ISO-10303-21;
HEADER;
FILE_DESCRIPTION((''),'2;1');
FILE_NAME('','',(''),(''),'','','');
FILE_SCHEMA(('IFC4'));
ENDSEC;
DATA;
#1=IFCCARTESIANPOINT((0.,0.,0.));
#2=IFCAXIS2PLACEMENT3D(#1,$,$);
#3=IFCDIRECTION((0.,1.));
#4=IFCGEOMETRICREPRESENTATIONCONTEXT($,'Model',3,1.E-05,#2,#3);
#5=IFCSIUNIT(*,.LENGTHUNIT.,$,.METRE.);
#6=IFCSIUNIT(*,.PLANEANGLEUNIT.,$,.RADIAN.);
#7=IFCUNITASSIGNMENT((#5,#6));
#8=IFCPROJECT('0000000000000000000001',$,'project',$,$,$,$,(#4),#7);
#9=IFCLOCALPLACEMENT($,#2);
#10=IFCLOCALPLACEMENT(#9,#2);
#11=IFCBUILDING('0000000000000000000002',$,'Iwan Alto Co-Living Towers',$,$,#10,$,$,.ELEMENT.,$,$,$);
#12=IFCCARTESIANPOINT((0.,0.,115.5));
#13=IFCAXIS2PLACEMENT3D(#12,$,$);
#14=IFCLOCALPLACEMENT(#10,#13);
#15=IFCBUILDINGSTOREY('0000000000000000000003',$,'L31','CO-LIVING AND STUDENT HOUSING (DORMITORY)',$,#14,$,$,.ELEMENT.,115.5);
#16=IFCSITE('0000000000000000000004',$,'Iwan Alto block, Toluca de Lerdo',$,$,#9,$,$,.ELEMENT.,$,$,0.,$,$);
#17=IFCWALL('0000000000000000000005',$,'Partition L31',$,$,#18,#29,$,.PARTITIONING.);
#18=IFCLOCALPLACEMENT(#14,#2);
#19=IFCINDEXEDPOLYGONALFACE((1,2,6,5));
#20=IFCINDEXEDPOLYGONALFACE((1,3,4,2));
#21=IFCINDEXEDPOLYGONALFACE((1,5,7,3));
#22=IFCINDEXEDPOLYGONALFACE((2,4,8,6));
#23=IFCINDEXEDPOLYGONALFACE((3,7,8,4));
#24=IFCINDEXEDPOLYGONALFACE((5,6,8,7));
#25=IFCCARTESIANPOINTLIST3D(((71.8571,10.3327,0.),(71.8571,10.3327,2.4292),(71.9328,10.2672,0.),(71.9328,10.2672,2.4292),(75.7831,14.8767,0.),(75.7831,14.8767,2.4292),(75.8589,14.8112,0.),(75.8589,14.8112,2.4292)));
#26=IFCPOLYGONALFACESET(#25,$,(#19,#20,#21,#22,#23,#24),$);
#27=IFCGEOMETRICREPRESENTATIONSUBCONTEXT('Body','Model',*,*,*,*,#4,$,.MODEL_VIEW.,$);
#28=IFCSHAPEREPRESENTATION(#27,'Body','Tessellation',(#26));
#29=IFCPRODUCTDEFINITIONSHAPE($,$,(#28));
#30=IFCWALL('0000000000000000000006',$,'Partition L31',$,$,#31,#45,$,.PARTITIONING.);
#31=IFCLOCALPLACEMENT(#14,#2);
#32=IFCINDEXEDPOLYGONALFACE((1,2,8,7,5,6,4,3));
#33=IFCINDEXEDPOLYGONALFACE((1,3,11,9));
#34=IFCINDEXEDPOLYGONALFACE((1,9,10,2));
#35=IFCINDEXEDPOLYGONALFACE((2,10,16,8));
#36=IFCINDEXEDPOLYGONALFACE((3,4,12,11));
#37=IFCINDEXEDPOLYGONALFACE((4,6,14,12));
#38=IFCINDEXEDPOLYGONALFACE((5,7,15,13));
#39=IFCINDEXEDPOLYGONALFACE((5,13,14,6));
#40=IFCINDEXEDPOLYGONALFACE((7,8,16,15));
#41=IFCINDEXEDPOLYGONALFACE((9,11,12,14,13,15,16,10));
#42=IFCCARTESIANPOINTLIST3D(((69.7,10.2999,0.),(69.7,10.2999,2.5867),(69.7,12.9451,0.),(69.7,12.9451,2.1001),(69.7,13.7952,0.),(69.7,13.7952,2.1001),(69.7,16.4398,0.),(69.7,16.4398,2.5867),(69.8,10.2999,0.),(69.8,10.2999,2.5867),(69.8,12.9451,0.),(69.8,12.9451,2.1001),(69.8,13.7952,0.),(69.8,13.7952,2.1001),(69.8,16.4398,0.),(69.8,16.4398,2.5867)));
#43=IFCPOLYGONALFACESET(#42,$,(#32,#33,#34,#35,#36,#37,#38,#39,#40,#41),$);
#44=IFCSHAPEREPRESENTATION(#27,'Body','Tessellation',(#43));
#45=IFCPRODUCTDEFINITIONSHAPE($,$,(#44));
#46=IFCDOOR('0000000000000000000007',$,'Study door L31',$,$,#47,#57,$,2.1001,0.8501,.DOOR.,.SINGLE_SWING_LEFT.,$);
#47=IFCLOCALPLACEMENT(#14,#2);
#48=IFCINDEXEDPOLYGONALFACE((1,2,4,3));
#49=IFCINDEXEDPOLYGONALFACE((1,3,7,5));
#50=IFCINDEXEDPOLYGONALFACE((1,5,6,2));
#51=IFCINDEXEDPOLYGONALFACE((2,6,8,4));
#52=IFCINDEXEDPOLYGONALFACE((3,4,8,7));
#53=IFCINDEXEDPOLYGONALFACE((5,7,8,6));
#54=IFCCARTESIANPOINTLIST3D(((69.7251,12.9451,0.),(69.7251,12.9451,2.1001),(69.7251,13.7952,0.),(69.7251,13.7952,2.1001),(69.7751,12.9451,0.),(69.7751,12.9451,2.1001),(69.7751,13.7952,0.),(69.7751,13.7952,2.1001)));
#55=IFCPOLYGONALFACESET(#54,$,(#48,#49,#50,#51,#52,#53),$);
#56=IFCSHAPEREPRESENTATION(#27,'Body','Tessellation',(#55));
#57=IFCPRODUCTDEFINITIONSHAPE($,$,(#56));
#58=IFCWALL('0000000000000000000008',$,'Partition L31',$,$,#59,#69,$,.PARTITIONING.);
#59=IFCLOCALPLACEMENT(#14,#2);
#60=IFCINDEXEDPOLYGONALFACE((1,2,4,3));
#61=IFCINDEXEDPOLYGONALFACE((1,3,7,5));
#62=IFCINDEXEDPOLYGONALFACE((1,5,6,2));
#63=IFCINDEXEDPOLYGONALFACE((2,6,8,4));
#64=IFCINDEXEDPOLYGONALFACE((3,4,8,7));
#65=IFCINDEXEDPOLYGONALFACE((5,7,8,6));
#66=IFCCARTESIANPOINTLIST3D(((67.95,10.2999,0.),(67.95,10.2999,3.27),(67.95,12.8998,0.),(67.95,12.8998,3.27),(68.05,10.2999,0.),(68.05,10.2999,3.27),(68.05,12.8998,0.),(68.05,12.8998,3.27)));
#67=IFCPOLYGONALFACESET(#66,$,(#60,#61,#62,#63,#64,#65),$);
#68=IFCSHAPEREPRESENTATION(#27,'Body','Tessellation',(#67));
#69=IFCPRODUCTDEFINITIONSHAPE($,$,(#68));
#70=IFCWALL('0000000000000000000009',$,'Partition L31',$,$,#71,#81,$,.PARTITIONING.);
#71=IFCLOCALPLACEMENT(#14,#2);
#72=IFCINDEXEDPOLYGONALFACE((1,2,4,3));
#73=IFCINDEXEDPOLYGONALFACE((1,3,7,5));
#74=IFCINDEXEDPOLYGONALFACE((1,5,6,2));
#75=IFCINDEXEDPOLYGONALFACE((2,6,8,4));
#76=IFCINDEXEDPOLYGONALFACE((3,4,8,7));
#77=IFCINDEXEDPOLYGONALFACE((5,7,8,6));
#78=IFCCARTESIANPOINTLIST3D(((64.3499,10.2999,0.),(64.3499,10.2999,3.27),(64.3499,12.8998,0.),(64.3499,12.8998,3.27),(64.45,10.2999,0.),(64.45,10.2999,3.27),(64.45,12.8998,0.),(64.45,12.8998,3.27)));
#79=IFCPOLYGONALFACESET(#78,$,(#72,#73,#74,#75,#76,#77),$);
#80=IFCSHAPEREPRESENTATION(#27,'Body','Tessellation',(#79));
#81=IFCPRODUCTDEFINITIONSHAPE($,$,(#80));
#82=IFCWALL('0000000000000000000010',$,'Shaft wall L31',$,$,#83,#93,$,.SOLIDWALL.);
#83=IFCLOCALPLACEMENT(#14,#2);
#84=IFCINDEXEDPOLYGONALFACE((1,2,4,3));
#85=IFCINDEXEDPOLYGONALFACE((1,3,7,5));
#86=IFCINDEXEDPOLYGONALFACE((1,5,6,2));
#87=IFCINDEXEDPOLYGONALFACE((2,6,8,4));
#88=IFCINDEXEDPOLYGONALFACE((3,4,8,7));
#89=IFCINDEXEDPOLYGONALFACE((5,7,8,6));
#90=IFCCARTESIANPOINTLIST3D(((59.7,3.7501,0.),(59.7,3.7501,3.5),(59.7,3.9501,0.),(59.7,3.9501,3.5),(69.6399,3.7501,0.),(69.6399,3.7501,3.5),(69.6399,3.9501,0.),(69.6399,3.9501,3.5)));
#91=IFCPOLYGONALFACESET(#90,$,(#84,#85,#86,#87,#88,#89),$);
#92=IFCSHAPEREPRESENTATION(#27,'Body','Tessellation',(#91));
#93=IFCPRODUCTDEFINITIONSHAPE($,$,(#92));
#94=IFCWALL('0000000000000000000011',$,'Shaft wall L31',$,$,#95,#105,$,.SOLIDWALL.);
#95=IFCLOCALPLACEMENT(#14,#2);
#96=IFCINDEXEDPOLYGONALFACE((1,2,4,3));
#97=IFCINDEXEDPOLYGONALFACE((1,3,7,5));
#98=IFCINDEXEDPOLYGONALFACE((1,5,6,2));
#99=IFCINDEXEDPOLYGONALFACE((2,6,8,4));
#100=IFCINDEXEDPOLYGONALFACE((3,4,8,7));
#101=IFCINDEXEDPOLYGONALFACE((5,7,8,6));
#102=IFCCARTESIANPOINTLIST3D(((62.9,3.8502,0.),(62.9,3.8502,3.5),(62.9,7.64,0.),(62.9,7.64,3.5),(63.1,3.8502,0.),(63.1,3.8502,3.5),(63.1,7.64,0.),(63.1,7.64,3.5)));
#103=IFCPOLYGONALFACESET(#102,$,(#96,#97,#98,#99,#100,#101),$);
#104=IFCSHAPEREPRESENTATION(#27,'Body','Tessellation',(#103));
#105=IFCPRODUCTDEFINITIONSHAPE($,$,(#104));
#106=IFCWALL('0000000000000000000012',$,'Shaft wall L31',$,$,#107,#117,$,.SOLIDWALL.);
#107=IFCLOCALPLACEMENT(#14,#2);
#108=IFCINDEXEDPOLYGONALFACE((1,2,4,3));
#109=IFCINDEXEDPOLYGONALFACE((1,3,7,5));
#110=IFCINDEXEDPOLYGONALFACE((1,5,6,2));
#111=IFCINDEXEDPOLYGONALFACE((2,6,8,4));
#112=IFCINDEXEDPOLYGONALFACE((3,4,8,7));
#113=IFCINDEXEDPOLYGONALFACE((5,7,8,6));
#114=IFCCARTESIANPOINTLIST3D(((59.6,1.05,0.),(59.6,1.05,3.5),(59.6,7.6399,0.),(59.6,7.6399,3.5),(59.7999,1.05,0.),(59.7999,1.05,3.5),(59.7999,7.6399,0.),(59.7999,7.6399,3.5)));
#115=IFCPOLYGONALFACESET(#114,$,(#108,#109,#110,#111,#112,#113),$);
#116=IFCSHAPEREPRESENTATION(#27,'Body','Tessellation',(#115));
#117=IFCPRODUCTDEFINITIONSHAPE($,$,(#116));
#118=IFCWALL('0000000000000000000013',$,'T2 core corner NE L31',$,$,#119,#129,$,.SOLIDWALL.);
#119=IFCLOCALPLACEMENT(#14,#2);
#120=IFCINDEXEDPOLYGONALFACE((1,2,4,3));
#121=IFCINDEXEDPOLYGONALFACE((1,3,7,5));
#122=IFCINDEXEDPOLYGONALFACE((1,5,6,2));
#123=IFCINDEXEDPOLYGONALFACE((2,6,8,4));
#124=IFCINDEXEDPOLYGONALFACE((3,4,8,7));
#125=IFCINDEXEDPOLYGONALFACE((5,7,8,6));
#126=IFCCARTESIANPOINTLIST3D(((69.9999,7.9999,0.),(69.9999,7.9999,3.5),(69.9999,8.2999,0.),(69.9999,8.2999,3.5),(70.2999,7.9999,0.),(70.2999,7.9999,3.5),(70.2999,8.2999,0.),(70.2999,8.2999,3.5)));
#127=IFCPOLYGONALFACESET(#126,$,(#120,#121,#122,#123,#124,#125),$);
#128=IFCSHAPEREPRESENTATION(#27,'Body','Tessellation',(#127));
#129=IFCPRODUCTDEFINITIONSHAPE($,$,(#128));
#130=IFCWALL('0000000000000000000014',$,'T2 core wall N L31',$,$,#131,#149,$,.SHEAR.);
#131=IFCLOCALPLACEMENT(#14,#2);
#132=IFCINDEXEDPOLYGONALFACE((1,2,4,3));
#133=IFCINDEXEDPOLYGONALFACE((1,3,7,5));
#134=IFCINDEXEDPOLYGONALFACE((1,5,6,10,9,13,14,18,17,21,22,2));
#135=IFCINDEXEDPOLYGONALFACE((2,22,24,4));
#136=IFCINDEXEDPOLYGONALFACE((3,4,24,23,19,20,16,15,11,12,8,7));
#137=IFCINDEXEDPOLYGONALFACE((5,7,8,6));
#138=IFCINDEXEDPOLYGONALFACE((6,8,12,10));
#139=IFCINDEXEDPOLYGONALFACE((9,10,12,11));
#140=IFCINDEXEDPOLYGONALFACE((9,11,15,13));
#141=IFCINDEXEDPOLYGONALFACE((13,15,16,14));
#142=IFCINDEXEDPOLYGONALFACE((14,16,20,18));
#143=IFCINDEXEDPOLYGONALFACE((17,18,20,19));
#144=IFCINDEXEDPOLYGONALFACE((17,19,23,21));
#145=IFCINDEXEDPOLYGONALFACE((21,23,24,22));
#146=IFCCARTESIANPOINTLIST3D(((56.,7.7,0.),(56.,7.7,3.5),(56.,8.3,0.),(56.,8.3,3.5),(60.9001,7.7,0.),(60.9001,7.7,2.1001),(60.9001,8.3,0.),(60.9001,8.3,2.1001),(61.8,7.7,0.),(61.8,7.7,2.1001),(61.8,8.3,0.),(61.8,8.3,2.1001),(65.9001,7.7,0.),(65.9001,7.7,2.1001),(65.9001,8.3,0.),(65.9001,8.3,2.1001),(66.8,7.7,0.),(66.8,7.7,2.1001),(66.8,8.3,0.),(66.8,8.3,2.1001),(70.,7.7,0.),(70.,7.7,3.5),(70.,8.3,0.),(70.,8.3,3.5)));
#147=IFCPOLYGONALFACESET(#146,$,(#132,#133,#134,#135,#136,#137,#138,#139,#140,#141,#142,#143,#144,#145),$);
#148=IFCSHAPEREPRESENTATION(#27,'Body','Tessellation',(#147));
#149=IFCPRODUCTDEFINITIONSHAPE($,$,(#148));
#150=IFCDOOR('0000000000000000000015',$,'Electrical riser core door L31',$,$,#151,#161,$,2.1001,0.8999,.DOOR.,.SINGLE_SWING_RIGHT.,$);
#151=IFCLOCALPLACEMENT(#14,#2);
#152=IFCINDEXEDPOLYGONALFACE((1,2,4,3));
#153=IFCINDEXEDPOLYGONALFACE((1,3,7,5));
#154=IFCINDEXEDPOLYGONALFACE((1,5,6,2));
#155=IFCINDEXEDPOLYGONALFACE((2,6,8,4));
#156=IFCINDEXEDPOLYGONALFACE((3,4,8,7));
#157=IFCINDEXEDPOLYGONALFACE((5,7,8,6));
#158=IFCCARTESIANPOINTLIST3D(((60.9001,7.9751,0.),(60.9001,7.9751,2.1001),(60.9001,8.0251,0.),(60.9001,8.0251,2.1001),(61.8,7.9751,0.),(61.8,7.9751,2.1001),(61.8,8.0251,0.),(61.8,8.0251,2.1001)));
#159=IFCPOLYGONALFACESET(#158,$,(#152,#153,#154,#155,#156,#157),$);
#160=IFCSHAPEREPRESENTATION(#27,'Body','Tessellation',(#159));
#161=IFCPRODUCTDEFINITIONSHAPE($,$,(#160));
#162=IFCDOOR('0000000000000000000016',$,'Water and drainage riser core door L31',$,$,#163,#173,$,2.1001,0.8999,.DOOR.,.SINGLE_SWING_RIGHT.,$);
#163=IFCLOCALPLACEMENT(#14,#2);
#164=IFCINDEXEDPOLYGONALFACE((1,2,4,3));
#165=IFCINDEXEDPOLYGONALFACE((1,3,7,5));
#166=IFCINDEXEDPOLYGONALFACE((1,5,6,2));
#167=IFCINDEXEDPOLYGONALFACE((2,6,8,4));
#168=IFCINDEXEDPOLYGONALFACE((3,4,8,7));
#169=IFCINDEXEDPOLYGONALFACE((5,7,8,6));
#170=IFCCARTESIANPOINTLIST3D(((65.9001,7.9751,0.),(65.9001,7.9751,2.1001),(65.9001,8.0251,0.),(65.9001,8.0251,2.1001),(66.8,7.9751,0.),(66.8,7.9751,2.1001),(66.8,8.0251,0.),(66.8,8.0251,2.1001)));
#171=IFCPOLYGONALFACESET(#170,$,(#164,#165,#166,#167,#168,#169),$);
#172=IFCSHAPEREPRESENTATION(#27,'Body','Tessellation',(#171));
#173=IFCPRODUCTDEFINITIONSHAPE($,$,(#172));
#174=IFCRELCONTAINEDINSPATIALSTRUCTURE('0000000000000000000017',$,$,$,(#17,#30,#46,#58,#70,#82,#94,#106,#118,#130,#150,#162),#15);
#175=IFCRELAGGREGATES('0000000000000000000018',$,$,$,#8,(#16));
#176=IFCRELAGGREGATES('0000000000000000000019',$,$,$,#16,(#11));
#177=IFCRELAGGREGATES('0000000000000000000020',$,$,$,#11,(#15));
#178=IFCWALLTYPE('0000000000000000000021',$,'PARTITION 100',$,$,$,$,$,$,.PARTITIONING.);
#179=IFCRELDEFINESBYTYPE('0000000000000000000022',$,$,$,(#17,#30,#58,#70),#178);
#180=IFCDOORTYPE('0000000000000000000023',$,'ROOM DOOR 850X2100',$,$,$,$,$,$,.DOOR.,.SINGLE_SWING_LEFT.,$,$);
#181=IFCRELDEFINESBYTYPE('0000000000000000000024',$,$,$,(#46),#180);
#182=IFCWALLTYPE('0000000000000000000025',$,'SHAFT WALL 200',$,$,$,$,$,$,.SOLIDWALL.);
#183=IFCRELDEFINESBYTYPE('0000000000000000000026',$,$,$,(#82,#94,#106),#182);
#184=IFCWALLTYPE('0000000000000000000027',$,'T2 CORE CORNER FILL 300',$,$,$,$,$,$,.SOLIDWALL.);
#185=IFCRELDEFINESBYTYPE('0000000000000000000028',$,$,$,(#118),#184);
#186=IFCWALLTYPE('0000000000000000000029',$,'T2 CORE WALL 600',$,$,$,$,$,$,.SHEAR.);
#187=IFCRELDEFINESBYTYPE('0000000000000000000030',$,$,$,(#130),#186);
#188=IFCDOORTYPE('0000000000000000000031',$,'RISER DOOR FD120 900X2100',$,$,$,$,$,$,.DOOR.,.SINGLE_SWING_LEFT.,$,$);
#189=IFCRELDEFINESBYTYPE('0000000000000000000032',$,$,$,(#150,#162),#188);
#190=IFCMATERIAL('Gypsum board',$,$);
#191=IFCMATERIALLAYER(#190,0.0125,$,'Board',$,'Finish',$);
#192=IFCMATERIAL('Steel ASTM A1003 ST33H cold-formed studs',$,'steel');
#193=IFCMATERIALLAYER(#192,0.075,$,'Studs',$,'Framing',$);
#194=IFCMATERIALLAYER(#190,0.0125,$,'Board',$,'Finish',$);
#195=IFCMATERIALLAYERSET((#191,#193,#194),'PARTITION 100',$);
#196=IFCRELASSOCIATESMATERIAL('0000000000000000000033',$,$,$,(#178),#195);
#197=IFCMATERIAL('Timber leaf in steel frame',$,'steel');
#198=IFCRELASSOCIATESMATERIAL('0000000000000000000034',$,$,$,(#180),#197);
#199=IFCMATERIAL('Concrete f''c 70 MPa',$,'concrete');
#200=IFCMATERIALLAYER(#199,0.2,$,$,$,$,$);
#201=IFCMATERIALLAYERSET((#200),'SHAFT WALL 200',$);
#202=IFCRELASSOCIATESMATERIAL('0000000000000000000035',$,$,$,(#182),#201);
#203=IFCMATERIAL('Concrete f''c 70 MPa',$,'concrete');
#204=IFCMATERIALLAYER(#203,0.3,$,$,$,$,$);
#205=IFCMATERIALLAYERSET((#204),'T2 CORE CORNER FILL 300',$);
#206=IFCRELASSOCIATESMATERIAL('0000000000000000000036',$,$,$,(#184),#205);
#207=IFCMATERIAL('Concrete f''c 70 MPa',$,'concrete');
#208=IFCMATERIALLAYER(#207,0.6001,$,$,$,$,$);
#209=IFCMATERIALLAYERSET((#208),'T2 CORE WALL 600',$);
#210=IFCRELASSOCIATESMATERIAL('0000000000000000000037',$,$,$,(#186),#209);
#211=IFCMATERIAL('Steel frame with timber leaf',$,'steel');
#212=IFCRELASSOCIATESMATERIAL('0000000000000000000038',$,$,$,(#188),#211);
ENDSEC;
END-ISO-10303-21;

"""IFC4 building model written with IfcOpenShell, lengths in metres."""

from ifc_helpers import new_model, si_unit, direction, frame, frame_2d, origin, place, context, subcontext, project, spatial, rectangle, extrude, material, layer, layer_set, type_object, element, fill, save


model = new_model("IFC4")

# Units and contexts
model_context = context("Model", 3, precision=1e-05, world=origin(), true_north=direction((0.0, 1.0)))
body_context = subcontext(model_context, "Body", "Model", "MODEL_VIEW")
ifc_project = project(units=[si_unit("LENGTHUNIT", "METRE"), si_unit("PLANEANGLEUNIT", "RADIAN")], contexts=[model_context])

# Site, building, storey
site_placement = place(None, origin())
site = spatial("IfcSite", under=ifc_project, at=site_placement, Name="Iwan Alto block, Toluca de Lerdo", CompositionType="ELEMENT", RefElevation=0.0)
building_placement = place(site_placement, origin())
building = spatial("IfcBuilding", under=site, at=building_placement, Name="Iwan Alto Co-Living Towers", CompositionType="ELEMENT")
storey_placement = place(building_placement, frame((0.0, 0.0, 115.5)))
storey = spatial("IfcBuildingStorey", under=building, at=storey_placement, Name="L31", Description="CO-LIVING AND STUDENT HOUSING (DORMITORY)", CompositionType="ELEMENT", Elevation=115.5)

# Shared definitions
ifc_material_1 = material(Name="Gypsum board")
ifc_layer_1 = layer(ifc_material_1, 0.0125, Name="Board", Category="Finish")
ifc_material_2 = material(Name="Steel ASTM A1003 ST33H cold-formed studs", Category="steel")
ifc_layer_2 = layer(ifc_material_2, 0.075, Name="Studs", Category="Framing")
ifc_layer_3 = layer(ifc_material_1, 0.0125, Name="Board", Category="Finish")
ifc_layer_set_1 = layer_set([ifc_layer_1, ifc_layer_2, ifc_layer_3], Name="PARTITION 100")
wall_type_1 = type_object("IfcWallType", Name="PARTITION 100", PredefinedType="PARTITIONING", material=ifc_layer_set_1)
ifc_material_3 = material(Name="Timber leaf in steel frame", Category="steel")
door_type_1 = type_object("IfcDoorType", Name="ROOM DOOR 850X2100", OperationType="SINGLE_SWING_LEFT", PredefinedType="DOOR", material=ifc_material_3)

# Wall
wall_1_placement = place(storey_placement, frame((71.895, 10.3, 0.0), z_axis=(0.0, 0.0, 1.0), x_axis=(0.653783, 0.756682, 0.0)))
element("IfcWall", 1, at=wall_1_placement, inside=storey, type_object=wall_type_1, Name="Partition L31", PredefinedType="PARTITIONING", context=body_context, shape_type="SweptSolid", body=[
    extrude(rectangle(XDim=6.0051, YDim=0.1001, at=frame_2d((3.0024, 0.0))), origin(), (0.0, 0.0, 1.0), 2.4292),
])

# Wall, opening, door
wall_2_placement = place(storey_placement, frame((69.75, 10.3, 0.0), z_axis=(0.0, 0.0, 1.0), x_axis=(0.0, 1.0, 0.0)))
wall_2 = element("IfcWall", 2, at=wall_2_placement, inside=storey, type_object=wall_type_1, Name="Partition L31", PredefinedType="PARTITIONING", context=body_context, shape_type="SweptSolid", body=[
    extrude(rectangle(XDim=6.1399, YDim=0.1001, at=frame_2d((3.0698, 0.0))), origin(), (0.0, 0.0, 1.0), 2.5867),
])
opening_1_placement = place(wall_2_placement, frame((2.645, 0.0, 0.0)))
opening_1 = element("IfcOpeningElement", 3, at=opening_1_placement, cuts=wall_2, PredefinedType="OPENING", context=body_context, shape_type="SweptSolid", body=[
    extrude(rectangle(XDim=0.8501, YDim=2.1001, at=frame_2d((0.425, 1.05))), frame((0.0, 0.0601, 0.0), z_axis=(0.0, -1.0, 0.0), x_axis=(1.0, 0.0, 0.0)), (0.0, 0.0, 1.0), 0.1201),
])
door_1_placement = place(opening_1_placement, origin())
door_1 = element("IfcDoor", 4, at=door_1_placement, inside=storey, type_object=door_type_1, Name="Study door L31", OperationType="SINGLE_SWING_LEFT", OverallHeight=2.1001, OverallWidth=0.8501, PredefinedType="DOOR", context=body_context, shape_type="SweptSolid", body=[
    extrude(rectangle(XDim=0.8501, YDim=2.1001, at=frame_2d((0.425, 1.05))), frame((0.0, 0.0249, 0.0), z_axis=(0.0, -1.0, 0.0), x_axis=(1.0, 0.0, 0.0)), (0.0, 0.0, 1.0), 0.05),
])
fill(opening_1, door_1)

# Walls
for number, where, z_axis, x_axis, name in (
    (5, (68.0, 10.3, 0.0), (0.0, 0.0, 1.0), (0.0, 1.0, 0.0), "Partition L31"),
    (6, (64.3999, 10.3, 0.0), (0.0, 0.0, 1.0), (0.0, 1.0, 0.0), "Partition L31"),
):
    element("IfcWall", number, at=place(storey_placement, frame(where, z_axis=z_axis, x_axis=x_axis)), inside=storey, type_object=wall_type_1, Name=name, PredefinedType="PARTITIONING", context=body_context, shape_type="SweptSolid", body=[
        extrude(rectangle(XDim=2.5999, YDim=0.1001, at=frame_2d((1.2998, 0.0))), origin(), (0.0, 0.0, 1.0), 3.27),
    ])
ifc_material_4 = material(Name="Concrete f'c 70 MPa", Category="concrete")
ifc_layer_4 = layer(ifc_material_4, 0.2)
ifc_layer_set_2 = layer_set([ifc_layer_4], Name="SHAFT WALL 200")
wall_type_2 = type_object("IfcWallType", Name="SHAFT WALL 200", PredefinedType="SOLIDWALL", material=ifc_layer_set_2)
wall_3_placement = place(storey_placement, frame((59.7, 3.8501, 0.0), z_axis=(0.0, 0.0, 1.0), x_axis=(1.0, 0.0, 0.0)))
element("IfcWall", 7, at=wall_3_placement, inside=storey, type_object=wall_type_2, Name="Shaft wall L31", PredefinedType="SOLIDWALL", context=body_context, shape_type="SweptSolid", body=[
    extrude(rectangle(XDim=9.9399, YDim=0.2, at=frame_2d((4.97, 0.0))), origin(), (0.0, 0.0, 1.0), 3.5),
])
wall_4_placement = place(storey_placement, frame((63.0, 3.8501, 0.0), z_axis=(0.0, 0.0, 1.0), x_axis=(0.0, 1.0, 0.0)))
element("IfcWall", 8, at=wall_4_placement, inside=storey, type_object=wall_type_2, Name="Shaft wall L31", PredefinedType="SOLIDWALL", context=body_context, shape_type="SweptSolid", body=[
    extrude(rectangle(XDim=3.7898, YDim=0.2, at=frame_2d((1.895, 0.0))), origin(), (0.0, 0.0, 1.0), 3.5),
])
wall_5_placement = place(storey_placement, frame((59.7, 1.05, 0.0), z_axis=(0.0, 0.0, 1.0), x_axis=(0.0, 1.0, 0.0)))
element("IfcWall", 9, at=wall_5_placement, inside=storey, type_object=wall_type_2, Name="Shaft wall L31", PredefinedType="SOLIDWALL", context=body_context, shape_type="SweptSolid", body=[
    extrude(rectangle(XDim=6.5898, YDim=0.2, at=frame_2d((3.2949, 0.0))), origin(), (0.0, 0.0, 1.0), 3.5),
])
ifc_material_5 = material(Name="Concrete f'c 70 MPa", Category="concrete")
ifc_layer_5 = layer(ifc_material_5, 0.3)
ifc_layer_set_3 = layer_set([ifc_layer_5], Name="T2 CORE CORNER FILL 300")
wall_type_3 = type_object("IfcWallType", Name="T2 CORE CORNER FILL 300", PredefinedType="SOLIDWALL", material=ifc_layer_set_3)
wall_6_placement = place(storey_placement, frame((70.0, 8.1499, 0.0), z_axis=(0.0, 0.0, 1.0), x_axis=(1.0, 0.0, 0.0)))
element("IfcWall", 10, at=wall_6_placement, inside=storey, type_object=wall_type_3, Name="T2 core corner NE L31", PredefinedType="SOLIDWALL", context=body_context, shape_type="SweptSolid", body=[
    extrude(rectangle(XDim=0.3, YDim=0.3, at=frame_2d((0.1499, 0.0))), origin(), (0.0, 0.0, 1.0), 3.5),
])

# Wall, openings, doors
ifc_material_6 = material(Name="Concrete f'c 70 MPa", Category="concrete")
ifc_layer_6 = layer(ifc_material_6, 0.6001)
ifc_layer_set_4 = layer_set([ifc_layer_6], Name="T2 CORE WALL 600")
wall_type_4 = type_object("IfcWallType", Name="T2 CORE WALL 600", PredefinedType="SHEAR", material=ifc_layer_set_4)
wall_7_placement = place(storey_placement, frame((70.0, 8.0, 0.0), z_axis=(0.0, 0.0, 1.0), x_axis=(-1.0, 0.0, 0.0)))
wall_7 = element("IfcWall", 11, at=wall_7_placement, inside=storey, type_object=wall_type_4, Name="T2 core wall N L31", PredefinedType="SHEAR", context=body_context, shape_type="SweptSolid", body=[
    extrude(rectangle(XDim=14.0, YDim=0.6001, at=frame_2d((7.0, 0.0))), origin(), (0.0, 0.0, 1.0), 3.5),
])
opening_2_placement = place(wall_7_placement, frame((8.2, 0.0, 0.0)))
opening_2 = element("IfcOpeningElement", 12, at=opening_2_placement, cuts=wall_7, PredefinedType="OPENING", context=body_context, shape_type="SweptSolid", body=[
    extrude(rectangle(XDim=0.8999, YDim=2.1001, at=frame_2d((0.45, 1.05))), frame((0.0, 0.3101, 0.0), z_axis=(0.0, -1.0, 0.0), x_axis=(1.0, 0.0, 0.0)), (0.0, 0.0, 1.0), 0.6201),
])
opening_3_placement = place(wall_7_placement, frame((3.2, 0.0, 0.0)))
opening_3 = element("IfcOpeningElement", 13, at=opening_3_placement, cuts=wall_7, PredefinedType="OPENING", context=body_context, shape_type="SweptSolid", body=[
    extrude(rectangle(XDim=0.8999, YDim=2.1001, at=frame_2d((0.45, 1.05))), frame((0.0, 0.3101, 0.0), z_axis=(0.0, -1.0, 0.0), x_axis=(1.0, 0.0, 0.0)), (0.0, 0.0, 1.0), 0.6201),
])
ifc_material_7 = material(Name="Steel frame with timber leaf", Category="steel")
door_type_2 = type_object("IfcDoorType", Name="RISER DOOR FD120 900X2100", OperationType="SINGLE_SWING_LEFT", PredefinedType="DOOR", material=ifc_material_7)
door_2_placement = place(opening_2_placement, origin())
door_2 = element("IfcDoor", 14, at=door_2_placement, inside=storey, type_object=door_type_2, Name="Electrical riser core door L31", OperationType="SINGLE_SWING_RIGHT", OverallHeight=2.1001, OverallWidth=0.8999, PredefinedType="DOOR", context=body_context, shape_type="SweptSolid", body=[
    extrude(rectangle(XDim=0.8999, YDim=2.1001, at=frame_2d((0.45, 1.05))), frame((0.0, 0.0249, 0.0), z_axis=(0.0, -1.0, 0.0), x_axis=(1.0, 0.0, 0.0)), (0.0, 0.0, 1.0), 0.05),
])
fill(opening_2, door_2)
door_3_placement = place(opening_3_placement, origin())
door_3 = element("IfcDoor", 15, at=door_3_placement, inside=storey, type_object=door_type_2, Name="Water and drainage riser core door L31", OperationType="SINGLE_SWING_RIGHT", OverallHeight=2.1001, OverallWidth=0.8999, PredefinedType="DOOR", context=body_context, shape_type="SweptSolid", body=[
    extrude(rectangle(XDim=0.8999, YDim=2.1001, at=frame_2d((0.45, 1.05))), frame((0.0, 0.0249, 0.0), z_axis=(0.0, -1.0, 0.0), x_axis=(1.0, 0.0, 0.0)), (0.0, 0.0, 1.0), 0.05),
])
fill(opening_3, door_3)

save(model, "model.ifc")
